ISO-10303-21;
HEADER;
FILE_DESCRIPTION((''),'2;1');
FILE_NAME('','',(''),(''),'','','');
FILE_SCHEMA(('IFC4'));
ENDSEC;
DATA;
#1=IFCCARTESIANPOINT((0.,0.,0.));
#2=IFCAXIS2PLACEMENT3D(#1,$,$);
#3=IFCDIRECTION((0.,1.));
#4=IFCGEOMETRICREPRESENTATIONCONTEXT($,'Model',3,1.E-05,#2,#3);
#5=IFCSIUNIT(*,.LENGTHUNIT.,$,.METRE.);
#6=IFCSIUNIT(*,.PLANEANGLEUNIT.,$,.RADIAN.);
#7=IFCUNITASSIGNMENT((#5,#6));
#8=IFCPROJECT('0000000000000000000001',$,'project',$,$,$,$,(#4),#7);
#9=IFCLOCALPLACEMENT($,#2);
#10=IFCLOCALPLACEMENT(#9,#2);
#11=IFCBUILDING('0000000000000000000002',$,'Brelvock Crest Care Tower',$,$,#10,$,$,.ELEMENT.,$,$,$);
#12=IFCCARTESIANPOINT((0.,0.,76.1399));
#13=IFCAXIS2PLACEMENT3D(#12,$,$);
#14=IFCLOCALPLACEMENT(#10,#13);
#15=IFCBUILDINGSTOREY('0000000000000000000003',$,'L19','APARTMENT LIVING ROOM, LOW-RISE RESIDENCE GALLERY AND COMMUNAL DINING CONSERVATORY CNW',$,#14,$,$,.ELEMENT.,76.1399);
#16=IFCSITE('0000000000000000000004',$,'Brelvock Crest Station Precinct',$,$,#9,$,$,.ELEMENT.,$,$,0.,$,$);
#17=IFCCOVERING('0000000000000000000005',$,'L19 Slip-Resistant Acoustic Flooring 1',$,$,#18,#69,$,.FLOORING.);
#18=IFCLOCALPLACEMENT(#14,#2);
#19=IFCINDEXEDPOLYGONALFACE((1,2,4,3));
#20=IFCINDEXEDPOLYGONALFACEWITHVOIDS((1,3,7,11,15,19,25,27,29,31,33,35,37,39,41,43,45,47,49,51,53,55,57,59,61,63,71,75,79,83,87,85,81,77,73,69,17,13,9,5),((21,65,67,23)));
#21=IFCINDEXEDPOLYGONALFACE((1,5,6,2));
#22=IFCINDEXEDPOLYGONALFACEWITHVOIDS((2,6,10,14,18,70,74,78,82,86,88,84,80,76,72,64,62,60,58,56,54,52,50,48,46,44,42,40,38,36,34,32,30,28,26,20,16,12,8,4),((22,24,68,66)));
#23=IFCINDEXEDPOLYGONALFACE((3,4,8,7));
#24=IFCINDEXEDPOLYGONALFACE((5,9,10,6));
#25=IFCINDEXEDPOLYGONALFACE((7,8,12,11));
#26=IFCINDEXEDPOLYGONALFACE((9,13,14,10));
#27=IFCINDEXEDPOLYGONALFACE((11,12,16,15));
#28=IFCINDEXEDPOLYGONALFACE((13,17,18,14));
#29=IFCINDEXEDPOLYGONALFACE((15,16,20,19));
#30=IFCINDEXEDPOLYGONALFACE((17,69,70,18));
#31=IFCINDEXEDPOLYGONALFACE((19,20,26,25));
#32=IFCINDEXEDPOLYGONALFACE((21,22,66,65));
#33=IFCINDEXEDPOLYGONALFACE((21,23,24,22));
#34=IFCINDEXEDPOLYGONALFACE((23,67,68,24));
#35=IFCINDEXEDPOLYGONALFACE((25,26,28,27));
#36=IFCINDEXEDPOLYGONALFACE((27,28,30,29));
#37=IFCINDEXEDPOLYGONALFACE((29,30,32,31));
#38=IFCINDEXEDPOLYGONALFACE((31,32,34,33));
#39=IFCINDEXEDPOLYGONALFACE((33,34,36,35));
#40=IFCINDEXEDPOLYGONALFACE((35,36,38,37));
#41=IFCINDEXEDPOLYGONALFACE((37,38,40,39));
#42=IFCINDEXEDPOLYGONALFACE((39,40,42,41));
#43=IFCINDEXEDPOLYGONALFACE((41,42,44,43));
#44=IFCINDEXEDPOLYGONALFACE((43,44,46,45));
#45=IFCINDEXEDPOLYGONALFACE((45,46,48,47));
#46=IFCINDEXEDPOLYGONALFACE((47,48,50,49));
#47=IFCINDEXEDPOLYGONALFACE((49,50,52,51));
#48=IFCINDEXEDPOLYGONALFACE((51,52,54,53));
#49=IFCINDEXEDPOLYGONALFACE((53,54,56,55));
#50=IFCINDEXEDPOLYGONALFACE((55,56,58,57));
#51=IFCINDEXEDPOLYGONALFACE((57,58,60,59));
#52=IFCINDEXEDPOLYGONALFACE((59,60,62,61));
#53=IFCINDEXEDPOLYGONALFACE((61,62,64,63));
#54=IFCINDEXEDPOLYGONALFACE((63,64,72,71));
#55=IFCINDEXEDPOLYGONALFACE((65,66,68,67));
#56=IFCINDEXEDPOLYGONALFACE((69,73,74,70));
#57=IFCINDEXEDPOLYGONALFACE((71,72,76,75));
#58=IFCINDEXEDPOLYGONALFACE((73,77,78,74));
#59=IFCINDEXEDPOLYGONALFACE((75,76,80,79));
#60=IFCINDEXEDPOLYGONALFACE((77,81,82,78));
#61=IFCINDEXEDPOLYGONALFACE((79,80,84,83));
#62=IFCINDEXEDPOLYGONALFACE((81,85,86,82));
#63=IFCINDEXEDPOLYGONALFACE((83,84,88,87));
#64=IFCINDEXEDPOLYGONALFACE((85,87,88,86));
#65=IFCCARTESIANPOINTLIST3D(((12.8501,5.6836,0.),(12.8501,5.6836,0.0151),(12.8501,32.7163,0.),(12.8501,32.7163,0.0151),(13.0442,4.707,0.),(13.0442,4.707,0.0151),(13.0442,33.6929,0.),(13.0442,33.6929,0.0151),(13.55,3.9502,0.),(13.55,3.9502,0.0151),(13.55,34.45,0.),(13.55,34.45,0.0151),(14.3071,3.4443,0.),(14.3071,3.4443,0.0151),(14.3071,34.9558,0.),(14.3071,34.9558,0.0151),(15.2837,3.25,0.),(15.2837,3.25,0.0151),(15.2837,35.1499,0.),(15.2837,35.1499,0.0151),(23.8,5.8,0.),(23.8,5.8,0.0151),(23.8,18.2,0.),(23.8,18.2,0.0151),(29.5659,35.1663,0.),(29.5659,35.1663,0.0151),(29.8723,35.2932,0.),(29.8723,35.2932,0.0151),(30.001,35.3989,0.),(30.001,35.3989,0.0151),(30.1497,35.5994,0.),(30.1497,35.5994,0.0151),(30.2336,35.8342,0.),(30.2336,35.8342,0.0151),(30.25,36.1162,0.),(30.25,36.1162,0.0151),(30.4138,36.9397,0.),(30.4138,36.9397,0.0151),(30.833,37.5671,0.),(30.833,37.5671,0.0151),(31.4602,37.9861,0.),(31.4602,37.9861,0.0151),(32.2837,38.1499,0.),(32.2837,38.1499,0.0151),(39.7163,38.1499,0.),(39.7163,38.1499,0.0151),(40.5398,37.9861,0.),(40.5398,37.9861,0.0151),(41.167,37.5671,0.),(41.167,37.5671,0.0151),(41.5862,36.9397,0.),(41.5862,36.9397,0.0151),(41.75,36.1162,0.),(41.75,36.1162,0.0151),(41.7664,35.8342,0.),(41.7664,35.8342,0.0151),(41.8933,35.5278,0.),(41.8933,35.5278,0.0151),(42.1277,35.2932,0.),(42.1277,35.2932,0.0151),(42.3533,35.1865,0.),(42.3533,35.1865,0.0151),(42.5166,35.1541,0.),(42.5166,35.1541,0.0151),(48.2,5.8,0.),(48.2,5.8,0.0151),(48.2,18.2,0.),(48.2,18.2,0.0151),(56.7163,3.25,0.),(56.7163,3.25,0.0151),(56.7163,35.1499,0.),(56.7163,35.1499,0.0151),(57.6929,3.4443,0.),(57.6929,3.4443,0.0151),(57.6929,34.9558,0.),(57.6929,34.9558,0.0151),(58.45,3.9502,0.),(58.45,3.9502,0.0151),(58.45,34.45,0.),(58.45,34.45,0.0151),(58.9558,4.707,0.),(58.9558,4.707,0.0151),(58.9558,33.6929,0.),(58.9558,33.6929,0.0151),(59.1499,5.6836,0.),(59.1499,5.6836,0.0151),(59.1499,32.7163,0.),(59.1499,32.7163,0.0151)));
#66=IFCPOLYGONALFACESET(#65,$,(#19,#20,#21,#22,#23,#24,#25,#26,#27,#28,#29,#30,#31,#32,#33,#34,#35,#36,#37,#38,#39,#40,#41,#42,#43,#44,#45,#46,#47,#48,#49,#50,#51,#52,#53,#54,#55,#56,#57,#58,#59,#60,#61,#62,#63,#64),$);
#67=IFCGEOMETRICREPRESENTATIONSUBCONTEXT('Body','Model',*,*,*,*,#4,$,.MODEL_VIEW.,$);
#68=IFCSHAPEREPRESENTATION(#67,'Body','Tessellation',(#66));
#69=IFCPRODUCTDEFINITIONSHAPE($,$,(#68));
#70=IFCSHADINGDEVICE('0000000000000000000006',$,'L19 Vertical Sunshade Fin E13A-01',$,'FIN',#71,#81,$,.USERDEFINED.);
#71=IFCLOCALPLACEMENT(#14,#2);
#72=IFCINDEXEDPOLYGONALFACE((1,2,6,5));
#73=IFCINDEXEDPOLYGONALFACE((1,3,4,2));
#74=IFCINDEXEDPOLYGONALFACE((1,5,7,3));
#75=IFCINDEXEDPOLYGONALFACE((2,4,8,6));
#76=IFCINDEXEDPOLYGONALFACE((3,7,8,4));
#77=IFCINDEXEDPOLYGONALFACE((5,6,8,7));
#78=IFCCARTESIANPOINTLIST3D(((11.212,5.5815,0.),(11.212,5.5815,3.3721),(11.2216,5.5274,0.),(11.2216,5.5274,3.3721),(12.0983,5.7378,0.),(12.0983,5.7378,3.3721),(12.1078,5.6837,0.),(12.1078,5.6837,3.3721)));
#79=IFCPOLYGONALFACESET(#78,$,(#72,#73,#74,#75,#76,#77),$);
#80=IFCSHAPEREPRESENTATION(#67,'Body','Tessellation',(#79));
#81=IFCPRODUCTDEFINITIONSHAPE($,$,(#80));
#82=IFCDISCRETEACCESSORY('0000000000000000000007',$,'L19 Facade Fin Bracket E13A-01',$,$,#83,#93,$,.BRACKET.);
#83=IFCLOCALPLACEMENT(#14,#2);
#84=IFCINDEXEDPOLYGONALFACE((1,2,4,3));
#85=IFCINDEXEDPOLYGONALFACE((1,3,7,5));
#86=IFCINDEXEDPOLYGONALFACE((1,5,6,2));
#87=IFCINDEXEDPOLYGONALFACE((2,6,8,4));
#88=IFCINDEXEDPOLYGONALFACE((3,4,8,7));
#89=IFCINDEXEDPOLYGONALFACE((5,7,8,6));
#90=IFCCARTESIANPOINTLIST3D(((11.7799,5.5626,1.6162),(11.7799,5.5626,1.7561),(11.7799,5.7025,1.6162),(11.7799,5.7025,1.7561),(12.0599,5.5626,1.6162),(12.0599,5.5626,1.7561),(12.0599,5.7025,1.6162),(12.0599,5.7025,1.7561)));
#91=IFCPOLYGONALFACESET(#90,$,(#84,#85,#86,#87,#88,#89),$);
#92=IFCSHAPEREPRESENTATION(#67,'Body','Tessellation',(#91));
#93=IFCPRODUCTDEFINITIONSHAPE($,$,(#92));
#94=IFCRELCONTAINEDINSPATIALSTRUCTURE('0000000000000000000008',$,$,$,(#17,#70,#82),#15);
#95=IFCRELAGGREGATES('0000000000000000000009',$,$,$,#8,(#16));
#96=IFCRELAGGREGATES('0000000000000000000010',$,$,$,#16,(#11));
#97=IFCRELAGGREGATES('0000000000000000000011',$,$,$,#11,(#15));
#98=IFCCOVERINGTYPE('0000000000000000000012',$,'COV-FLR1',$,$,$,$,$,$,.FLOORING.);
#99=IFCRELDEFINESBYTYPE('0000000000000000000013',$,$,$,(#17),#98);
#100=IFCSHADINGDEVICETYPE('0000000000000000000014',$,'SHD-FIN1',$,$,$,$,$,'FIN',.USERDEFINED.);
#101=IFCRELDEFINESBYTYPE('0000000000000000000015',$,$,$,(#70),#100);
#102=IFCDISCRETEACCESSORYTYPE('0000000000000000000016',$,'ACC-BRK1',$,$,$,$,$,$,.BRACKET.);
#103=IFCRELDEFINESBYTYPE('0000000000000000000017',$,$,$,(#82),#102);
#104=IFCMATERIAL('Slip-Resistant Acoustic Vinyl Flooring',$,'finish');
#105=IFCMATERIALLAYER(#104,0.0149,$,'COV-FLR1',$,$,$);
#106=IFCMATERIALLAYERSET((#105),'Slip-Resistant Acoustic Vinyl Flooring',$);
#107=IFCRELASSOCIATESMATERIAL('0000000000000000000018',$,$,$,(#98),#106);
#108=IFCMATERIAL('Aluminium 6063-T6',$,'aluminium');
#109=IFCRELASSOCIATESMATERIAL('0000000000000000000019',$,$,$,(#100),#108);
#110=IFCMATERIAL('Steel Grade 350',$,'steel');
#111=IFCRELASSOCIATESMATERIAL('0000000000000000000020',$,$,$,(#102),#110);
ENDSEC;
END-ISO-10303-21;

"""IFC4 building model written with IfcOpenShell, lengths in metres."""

from ifc_helpers import new_model, si_unit, direction, frame, origin, origin_2d, place, context, subcontext, project, spatial, polyline, rectangle, outline, extrude, source, transform, mapped, material, layer, layer_set, material_profile, profile_set, type_object, element, save


model = new_model("IFC4")

# Units and contexts
model_context = context("Model", 3, precision=1e-05, world=origin(), true_north=direction((0.0, 1.0)))
body_context = subcontext(model_context, "Body", "Model", "MODEL_VIEW")
ifc_project = project(units=[si_unit("LENGTHUNIT", "METRE"), si_unit("PLANEANGLEUNIT", "RADIAN")], contexts=[model_context])

# Site, building, storey
site_placement = place(None, origin())
site = spatial("IfcSite", under=ifc_project, at=site_placement, Name="Brelvock Crest Station Precinct", CompositionType="ELEMENT", RefElevation=0.0)
building_placement = place(site_placement, origin())
building = spatial("IfcBuilding", under=site, at=building_placement, Name="Brelvock Crest Care Tower", CompositionType="ELEMENT")
storey_placement = place(building_placement, frame((0.0, 0.0, 76.1399)))
storey = spatial("IfcBuildingStorey", under=building, at=storey_placement, Name="L19", Description="APARTMENT LIVING ROOM, LOW-RISE RESIDENCE GALLERY AND COMMUNAL DINING CONSERVATORY CNW", CompositionType="ELEMENT", Elevation=76.1399)

# Shared definitions
ifc_material_1 = material(Name="Aluminium 6063-T6", Category="aluminium")

# Covering
ifc_material_2 = material(Name="Slip-Resistant Acoustic Vinyl Flooring", Category="finish")
ifc_layer_1 = layer(ifc_material_2, 0.0149, Name="COV-FLR1")
ifc_layer_set_1 = layer_set([ifc_layer_1], Name="Slip-Resistant Acoustic Vinyl Flooring")
covering_type_1 = type_object("IfcCoveringType", Name="COV-FLR1", PredefinedType="FLOORING", material=ifc_layer_set_1)
covering_1_placement = place(storey_placement, origin())
element("IfcCovering", 1, at=covering_1_placement, inside=storey, type_object=covering_type_1, Name="L19 Slip-Resistant Acoustic Flooring 1", PredefinedType="FLOORING", context=body_context, shape_type="SweptSolid", body=[
    extrude(outline(polyline([(56.7163, 35.1499), (42.5166, 35.1541), (42.3533, 35.1865), (42.1277, 35.2932), (41.8933, 35.5278), (41.7664, 35.8342), (41.75, 36.1162), (41.5862, 36.9397), (41.167, 37.5671), (40.5398, 37.9861), (39.7163, 38.1499), (32.2837, 38.1499), (31.4602, 37.9861), (30.833, 37.5671), (30.4138, 36.9397), (30.25, 36.1162), (30.2336, 35.8342), (30.1497, 35.5994), (30.001, 35.3989), (29.8723, 35.2932), (29.5659, 35.1663), (15.2837, 35.1499), (14.3071, 34.9558), (13.55, 34.45), (13.0442, 33.6929), (12.8501, 32.7163), (12.8501, 5.6836), (13.0442, 4.707), (13.55, 3.9502), (14.3071, 3.4443), (15.2837, 3.25), (56.7163, 3.25), (57.6929, 3.4443), (58.45, 3.9502), (58.9558, 4.707), (59.1499, 5.6836), (59.1499, 32.7163), (58.9558, 33.6929), (58.45, 34.45), (57.6929, 34.9558), (56.7163, 35.1499)]), holes=[polyline([(48.2, 5.8), (48.2, 18.2), (23.8, 18.2), (23.8, 5.8), (48.2, 5.8)])]), origin(), (0.0, 0.0, 1.0), 0.0151),
])

# Shading device
ifc_material_profile_1 = material_profile(ifc_material_1, rectangle(XDim=0.0549, YDim=0.8999, at=origin_2d()), Name="FIN55x900")
ifc_profile_set_1 = profile_set([ifc_material_profile_1], Name="Aluminium 6063-T6")
shading_device_type = type_object("IfcShadingDeviceType", Name="SHD-FIN1", ElementType="FIN", PredefinedType="USERDEFINED", material=ifc_profile_set_1)
shared_shape_1 = source(origin(), body_context, "Body", "SweptSolid", [
    extrude(rectangle(XDim=0.0549, YDim=0.8999, at=origin_2d()), origin(), (0.0, 0.0, 1.0), 3.3721),
])
shading_device_placement = place(storey_placement, frame((11.6599, 5.6326, 0.0), z_axis=(0.0, 0.0, 1.0), x_axis=(-0.173648, 0.984808, 0.0)))
element("IfcShadingDevice", 2, at=shading_device_placement, inside=storey, type_object=shading_device_type, Name="L19 Vertical Sunshade Fin E13A-01", ObjectType="FIN", PredefinedType="USERDEFINED", context=body_context, shape_type="MappedRepresentation", body=[
    mapped(shared_shape_1, transform((0.0, 0.0, 0.0), x_axis=(1.0, 0.0, 0.0), y_axis=(0.0, 1.0, 0.0), z_axis=(0.0, 0.0, 1.0), scale=1.0)),
])

# Discrete accessory
ifc_material_3 = material(Name="Steel Grade 350", Category="steel")
discrete_accessory_type = type_object("IfcDiscreteAccessoryType", Name="ACC-BRK1", PredefinedType="BRACKET", material=ifc_material_3)
shared_shape_2 = source(origin(), body_context, "Body", "SweptSolid", [
    extrude(rectangle(XDim=0.28, YDim=0.1399, at=origin_2d()), origin(), (0.0, 0.0, 1.0), 0.1399),
])
discrete_accessory_placement = place(storey_placement, frame((11.9199, 5.6326, 1.6162), z_axis=(0.0, 0.0, 1.0), x_axis=(-1.0, 0.0, 0.0)))
element("IfcDiscreteAccessory", 3, at=discrete_accessory_placement, inside=storey, type_object=discrete_accessory_type, Name="L19 Facade Fin Bracket E13A-01", PredefinedType="BRACKET", context=body_context, shape_type="MappedRepresentation", body=[
    mapped(shared_shape_2, transform((0.0, 0.0, 0.0), x_axis=(1.0, 0.0, 0.0), y_axis=(0.0, 1.0, 0.0), z_axis=(0.0, 0.0, 1.0), scale=1.0)),
])

save(model, "model.ifc")
